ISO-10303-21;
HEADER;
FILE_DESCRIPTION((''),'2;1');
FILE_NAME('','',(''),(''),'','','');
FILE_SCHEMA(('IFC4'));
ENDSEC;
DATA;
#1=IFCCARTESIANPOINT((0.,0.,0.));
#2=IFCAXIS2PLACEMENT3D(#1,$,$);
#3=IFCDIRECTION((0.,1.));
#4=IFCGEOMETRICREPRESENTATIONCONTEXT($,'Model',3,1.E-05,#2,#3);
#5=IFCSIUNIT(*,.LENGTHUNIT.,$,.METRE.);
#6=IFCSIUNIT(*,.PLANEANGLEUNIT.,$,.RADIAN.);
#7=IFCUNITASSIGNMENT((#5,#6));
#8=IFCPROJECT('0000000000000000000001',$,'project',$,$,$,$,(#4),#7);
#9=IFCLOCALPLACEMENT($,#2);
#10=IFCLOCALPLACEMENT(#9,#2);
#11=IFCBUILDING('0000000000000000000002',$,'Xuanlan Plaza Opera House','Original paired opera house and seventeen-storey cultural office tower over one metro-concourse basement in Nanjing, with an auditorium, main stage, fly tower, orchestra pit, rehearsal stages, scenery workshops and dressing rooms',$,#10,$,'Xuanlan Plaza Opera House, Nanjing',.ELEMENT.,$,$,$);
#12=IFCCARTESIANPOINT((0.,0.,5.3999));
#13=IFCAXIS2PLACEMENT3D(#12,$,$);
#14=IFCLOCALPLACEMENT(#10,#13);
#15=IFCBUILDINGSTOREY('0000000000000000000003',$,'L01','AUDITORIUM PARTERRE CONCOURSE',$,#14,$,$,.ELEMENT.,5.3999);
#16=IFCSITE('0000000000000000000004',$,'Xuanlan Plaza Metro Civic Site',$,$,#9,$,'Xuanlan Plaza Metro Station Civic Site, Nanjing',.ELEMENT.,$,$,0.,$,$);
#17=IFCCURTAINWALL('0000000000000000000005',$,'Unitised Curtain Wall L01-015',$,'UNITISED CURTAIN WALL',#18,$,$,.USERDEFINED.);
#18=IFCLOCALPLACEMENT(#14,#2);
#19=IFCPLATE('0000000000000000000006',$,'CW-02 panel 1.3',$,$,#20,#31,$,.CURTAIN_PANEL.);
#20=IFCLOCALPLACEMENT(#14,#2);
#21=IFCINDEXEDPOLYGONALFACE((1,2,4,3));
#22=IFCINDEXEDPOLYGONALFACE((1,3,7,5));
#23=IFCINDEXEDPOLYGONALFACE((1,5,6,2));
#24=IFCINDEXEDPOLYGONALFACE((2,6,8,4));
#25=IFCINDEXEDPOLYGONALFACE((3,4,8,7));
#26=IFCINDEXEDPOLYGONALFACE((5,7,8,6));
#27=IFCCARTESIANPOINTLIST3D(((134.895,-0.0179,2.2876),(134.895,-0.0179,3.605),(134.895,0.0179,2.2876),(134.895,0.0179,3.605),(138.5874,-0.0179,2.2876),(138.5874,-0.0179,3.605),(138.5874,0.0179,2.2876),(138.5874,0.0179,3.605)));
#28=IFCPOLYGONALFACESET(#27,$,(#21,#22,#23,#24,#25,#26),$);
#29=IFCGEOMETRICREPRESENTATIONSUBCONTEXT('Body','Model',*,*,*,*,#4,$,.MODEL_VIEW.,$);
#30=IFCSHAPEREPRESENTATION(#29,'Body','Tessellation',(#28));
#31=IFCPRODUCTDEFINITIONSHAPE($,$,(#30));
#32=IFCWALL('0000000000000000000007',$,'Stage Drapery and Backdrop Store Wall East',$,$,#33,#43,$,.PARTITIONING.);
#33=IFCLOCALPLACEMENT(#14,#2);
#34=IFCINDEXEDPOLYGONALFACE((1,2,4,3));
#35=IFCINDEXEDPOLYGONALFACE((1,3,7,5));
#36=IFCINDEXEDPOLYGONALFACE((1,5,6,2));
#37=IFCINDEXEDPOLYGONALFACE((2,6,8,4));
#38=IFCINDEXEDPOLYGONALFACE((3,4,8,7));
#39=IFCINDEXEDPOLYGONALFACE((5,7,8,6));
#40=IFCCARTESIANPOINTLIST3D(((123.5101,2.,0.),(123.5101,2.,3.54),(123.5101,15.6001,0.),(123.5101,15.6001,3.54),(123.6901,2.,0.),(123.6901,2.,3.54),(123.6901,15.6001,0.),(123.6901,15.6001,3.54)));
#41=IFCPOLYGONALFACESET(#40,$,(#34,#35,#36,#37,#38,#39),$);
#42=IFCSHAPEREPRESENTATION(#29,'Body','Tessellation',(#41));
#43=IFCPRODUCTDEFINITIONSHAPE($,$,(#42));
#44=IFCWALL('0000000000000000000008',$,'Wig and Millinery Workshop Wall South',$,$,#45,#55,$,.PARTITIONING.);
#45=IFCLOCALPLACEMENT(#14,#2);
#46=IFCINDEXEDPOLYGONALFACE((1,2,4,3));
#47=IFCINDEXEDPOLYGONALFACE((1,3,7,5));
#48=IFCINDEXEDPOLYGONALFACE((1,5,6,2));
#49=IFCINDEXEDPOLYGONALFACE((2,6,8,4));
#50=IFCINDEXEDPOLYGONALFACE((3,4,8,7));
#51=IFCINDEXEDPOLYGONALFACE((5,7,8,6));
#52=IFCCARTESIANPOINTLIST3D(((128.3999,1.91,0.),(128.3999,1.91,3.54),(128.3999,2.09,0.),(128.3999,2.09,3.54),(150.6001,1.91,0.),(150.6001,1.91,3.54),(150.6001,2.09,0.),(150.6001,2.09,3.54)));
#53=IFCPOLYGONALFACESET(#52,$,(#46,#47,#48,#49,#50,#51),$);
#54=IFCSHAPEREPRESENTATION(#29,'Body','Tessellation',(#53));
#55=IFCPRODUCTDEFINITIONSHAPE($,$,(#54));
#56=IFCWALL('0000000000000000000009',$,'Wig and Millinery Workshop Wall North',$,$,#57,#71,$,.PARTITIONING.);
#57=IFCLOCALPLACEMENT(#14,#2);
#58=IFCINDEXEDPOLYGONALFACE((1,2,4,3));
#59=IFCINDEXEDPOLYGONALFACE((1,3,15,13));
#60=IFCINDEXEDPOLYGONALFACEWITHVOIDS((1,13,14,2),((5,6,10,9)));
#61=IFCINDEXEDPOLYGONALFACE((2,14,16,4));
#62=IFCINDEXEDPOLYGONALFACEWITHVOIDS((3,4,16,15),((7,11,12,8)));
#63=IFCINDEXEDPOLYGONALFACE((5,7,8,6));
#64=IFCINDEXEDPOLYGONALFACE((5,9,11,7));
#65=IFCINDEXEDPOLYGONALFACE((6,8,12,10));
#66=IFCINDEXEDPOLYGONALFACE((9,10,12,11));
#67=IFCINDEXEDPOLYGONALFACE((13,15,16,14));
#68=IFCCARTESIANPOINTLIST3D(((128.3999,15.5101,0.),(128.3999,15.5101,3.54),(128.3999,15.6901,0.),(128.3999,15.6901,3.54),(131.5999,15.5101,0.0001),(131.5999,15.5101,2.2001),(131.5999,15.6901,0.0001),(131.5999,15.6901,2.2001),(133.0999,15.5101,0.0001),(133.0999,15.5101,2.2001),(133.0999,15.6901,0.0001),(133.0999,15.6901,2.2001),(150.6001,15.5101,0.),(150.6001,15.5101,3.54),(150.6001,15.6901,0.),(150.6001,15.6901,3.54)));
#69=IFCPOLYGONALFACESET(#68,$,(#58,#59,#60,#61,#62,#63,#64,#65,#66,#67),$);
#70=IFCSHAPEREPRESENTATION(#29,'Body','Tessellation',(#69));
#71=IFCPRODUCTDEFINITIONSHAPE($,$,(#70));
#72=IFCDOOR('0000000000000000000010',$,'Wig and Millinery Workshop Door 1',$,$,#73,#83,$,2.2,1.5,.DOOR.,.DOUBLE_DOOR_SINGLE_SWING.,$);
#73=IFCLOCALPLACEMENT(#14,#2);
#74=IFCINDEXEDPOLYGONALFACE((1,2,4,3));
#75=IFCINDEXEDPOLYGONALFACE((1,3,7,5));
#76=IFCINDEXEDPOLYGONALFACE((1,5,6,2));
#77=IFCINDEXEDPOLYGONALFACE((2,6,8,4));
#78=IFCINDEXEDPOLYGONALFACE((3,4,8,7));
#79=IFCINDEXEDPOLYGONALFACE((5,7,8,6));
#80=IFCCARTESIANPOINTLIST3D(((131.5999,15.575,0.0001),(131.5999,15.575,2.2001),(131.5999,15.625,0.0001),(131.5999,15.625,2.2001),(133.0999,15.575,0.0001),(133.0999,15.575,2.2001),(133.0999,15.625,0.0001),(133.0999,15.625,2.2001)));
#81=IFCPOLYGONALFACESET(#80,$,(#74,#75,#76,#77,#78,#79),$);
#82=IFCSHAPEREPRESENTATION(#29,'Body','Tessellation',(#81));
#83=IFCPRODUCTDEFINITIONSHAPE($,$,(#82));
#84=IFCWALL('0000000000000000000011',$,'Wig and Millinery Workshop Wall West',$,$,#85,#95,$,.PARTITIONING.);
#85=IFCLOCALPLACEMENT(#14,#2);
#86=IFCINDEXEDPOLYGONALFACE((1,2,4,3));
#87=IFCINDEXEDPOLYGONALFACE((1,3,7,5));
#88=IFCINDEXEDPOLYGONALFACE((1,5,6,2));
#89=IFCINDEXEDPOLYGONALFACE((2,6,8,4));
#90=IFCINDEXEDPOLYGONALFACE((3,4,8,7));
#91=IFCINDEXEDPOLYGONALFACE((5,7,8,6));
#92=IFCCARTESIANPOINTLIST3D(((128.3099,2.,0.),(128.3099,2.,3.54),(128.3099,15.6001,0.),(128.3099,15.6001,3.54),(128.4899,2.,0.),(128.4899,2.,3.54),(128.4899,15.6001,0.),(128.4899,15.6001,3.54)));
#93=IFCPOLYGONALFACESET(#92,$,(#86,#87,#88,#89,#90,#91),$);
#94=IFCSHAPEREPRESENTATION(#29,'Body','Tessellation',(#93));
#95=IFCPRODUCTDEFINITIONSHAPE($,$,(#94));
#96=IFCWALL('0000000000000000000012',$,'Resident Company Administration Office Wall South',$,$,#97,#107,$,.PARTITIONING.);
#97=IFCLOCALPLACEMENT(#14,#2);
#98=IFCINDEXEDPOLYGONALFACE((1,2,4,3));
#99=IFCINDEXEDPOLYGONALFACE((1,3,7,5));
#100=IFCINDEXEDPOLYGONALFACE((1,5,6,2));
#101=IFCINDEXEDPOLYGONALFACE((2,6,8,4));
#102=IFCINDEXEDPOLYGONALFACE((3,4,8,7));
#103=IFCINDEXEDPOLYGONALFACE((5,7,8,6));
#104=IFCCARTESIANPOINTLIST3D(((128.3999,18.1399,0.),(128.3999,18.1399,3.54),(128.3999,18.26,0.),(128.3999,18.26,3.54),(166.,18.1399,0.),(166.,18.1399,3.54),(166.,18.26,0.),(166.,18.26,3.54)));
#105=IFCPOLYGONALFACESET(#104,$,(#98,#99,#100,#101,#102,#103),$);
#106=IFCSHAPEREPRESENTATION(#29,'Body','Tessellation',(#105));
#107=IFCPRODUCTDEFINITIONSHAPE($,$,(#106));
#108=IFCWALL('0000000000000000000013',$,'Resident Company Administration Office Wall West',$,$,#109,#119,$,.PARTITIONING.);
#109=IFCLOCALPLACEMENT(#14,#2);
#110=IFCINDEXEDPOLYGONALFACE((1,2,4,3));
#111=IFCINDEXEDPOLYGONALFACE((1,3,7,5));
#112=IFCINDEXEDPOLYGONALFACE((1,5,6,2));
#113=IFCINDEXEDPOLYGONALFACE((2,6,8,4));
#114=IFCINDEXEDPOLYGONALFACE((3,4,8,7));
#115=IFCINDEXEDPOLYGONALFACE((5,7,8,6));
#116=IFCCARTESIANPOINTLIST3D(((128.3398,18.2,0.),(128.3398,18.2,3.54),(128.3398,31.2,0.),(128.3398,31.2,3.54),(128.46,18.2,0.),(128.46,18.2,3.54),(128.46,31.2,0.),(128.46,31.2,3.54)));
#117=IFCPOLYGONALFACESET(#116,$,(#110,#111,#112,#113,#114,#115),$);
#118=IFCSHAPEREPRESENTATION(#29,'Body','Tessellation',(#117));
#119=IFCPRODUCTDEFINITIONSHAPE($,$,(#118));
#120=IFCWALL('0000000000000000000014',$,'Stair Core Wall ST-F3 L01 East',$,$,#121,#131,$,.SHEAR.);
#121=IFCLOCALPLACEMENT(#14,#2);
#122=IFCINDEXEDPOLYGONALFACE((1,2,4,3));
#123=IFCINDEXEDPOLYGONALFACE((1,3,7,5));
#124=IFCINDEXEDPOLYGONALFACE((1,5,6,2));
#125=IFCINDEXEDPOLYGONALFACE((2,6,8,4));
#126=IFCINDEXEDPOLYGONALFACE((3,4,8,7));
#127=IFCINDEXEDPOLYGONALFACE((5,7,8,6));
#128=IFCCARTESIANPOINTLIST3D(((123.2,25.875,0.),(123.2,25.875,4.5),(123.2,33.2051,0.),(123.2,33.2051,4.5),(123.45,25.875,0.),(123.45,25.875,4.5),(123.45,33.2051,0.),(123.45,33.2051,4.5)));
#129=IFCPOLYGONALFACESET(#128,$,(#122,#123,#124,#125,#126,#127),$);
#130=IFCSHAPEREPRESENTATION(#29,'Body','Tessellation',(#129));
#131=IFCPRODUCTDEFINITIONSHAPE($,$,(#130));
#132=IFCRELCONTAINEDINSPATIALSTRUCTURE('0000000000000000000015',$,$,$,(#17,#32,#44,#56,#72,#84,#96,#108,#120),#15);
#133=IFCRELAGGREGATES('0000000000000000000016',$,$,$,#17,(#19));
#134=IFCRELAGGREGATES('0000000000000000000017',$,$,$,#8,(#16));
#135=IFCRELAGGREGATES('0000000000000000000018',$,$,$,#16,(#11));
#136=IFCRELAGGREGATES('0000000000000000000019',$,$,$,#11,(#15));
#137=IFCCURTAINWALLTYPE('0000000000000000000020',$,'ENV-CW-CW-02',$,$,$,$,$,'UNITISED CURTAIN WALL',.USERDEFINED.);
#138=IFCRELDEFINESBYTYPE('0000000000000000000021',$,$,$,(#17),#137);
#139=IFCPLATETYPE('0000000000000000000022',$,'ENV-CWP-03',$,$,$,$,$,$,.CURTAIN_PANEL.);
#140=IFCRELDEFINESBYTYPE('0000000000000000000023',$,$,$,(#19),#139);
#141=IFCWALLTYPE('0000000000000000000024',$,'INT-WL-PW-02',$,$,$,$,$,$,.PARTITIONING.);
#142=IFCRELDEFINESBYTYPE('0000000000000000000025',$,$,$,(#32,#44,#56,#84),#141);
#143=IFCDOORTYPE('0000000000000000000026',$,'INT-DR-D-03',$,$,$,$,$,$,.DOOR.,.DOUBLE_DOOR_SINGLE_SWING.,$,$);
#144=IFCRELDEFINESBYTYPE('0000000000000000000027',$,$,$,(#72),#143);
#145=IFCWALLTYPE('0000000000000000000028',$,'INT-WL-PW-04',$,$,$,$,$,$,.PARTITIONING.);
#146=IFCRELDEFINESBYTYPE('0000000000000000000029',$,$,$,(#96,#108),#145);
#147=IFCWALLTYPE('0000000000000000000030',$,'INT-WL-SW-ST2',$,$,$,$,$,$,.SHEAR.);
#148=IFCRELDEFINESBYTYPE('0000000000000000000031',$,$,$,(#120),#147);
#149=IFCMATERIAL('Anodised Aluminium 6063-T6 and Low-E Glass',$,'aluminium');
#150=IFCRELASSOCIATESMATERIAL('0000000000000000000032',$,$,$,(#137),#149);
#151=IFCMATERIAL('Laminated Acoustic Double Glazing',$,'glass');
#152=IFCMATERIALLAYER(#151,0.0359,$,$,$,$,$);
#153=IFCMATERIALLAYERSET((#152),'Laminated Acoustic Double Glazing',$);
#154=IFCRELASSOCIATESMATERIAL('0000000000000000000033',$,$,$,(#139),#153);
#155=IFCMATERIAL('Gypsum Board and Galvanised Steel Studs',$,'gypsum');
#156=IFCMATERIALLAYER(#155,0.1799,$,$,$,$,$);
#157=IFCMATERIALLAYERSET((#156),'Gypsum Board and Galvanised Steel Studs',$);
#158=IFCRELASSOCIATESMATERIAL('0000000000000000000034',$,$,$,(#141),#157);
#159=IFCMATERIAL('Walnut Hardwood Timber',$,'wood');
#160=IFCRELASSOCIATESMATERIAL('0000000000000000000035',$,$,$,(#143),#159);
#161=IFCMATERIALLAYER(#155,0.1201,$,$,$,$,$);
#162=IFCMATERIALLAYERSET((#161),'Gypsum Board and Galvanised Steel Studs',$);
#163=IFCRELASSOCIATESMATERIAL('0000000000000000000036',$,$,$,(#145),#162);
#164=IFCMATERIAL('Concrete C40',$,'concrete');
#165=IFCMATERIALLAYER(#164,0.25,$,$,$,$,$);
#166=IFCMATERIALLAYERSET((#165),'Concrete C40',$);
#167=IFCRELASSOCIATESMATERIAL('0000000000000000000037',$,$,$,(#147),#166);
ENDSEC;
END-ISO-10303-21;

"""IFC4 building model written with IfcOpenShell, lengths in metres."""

from ifc_helpers import new_model, si_unit, direction, frame, frame_2d, origin, origin_2d, place, context, subcontext, project, spatial, rectangle, extrude, material, layer, layer_set, type_object, element, fill, aggregate, save


model = new_model("IFC4")

# Units and contexts
model_context = context("Model", 3, precision=1e-05, world=origin(), true_north=direction((0.0, 1.0)))
body_context = subcontext(model_context, "Body", "Model", "MODEL_VIEW")
ifc_project = project(units=[si_unit("LENGTHUNIT", "METRE"), si_unit("PLANEANGLEUNIT", "RADIAN")], contexts=[model_context])

# Site, building, storey
site_placement = place(None, origin())
site = spatial("IfcSite", under=ifc_project, at=site_placement, Name="Xuanlan Plaza Metro Civic Site", LongName="Xuanlan Plaza Metro Station Civic Site, Nanjing", CompositionType="ELEMENT", RefElevation=0.0)
building_placement = place(site_placement, origin())
building = spatial("IfcBuilding", under=site, at=building_placement, Name="Xuanlan Plaza Opera House", Description="Original paired opera house and seventeen-storey cultural office tower over one metro-concourse basement in Nanjing, with an auditorium, main stage, fly tower, orchestra pit, rehearsal stages, scenery workshops and dressing rooms", LongName="Xuanlan Plaza Opera House, Nanjing", CompositionType="ELEMENT")
storey_placement = place(building_placement, frame((0.0, 0.0, 5.3999)))
storey = spatial("IfcBuildingStorey", under=building, at=storey_placement, Name="L01", Description="AUDITORIUM PARTERRE CONCOURSE", CompositionType="ELEMENT", Elevation=5.3999)

# Shared definitions
ifc_material_1 = material(Name="Concrete C40", Category="concrete")

# Curtain wall
ifc_material_2 = material(Name="Anodised Aluminium 6063-T6 and Low-E Glass", Category="aluminium")
curtain_wall_type = type_object("IfcCurtainWallType", Name="ENV-CW-CW-02", ElementType="UNITISED CURTAIN WALL", PredefinedType="USERDEFINED", material=ifc_material_2)
curtain_wall_placement = place(storey_placement, origin())
curtain_wall = element("IfcCurtainWall", 1, at=curtain_wall_placement, inside=storey, type_object=curtain_wall_type, Name="Unitised Curtain Wall L01-015", ObjectType="UNITISED CURTAIN WALL", PredefinedType="USERDEFINED")

# Plate
ifc_material_3 = material(Name="Laminated Acoustic Double Glazing", Category="glass")
ifc_layer_1 = layer(ifc_material_3, 0.0359)
ifc_layer_set_1 = layer_set([ifc_layer_1], Name="Laminated Acoustic Double Glazing")
plate_type = type_object("IfcPlateType", Name="ENV-CWP-03", PredefinedType="CURTAIN_PANEL", material=ifc_layer_set_1)
plate_1_placement = place(storey_placement, frame((136.7412, 0.0, 2.2876), z_axis=(0.0, 0.0, 1.0), x_axis=(1.0, 0.0, 0.0)))
plate_1 = element("IfcPlate", 2, at=plate_1_placement, type_object=plate_type, Name="CW-02 panel 1.3", PredefinedType="CURTAIN_PANEL", context=body_context, shape_type="SweptSolid", body=[
    extrude(rectangle(XDim=3.6924, YDim=0.0359, at=origin_2d()), origin(), (0.0, 0.0, 1.0), 1.3174),
])
aggregate(curtain_wall, [plate_1])

# Walls
ifc_material_4 = material(Name="Gypsum Board and Galvanised Steel Studs", Category="gypsum")
ifc_layer_2 = layer(ifc_material_4, 0.1799)
ifc_layer_set_2 = layer_set([ifc_layer_2], Name="Gypsum Board and Galvanised Steel Studs")
wall_type_1 = type_object("IfcWallType", Name="INT-WL-PW-02", PredefinedType="PARTITIONING", material=ifc_layer_set_2)
wall_1_placement = place(storey_placement, frame((123.6001, 2.0, 0.0), z_axis=(0.0, 0.0, 1.0), x_axis=(0.0, 1.0, 0.0)))
element("IfcWall", 3, at=wall_1_placement, inside=storey, type_object=wall_type_1, Name="Stage Drapery and Backdrop Store Wall East", PredefinedType="PARTITIONING", context=body_context, shape_type="SweptSolid", body=[
    extrude(rectangle(XDim=13.6001, YDim=0.1799, at=frame_2d((6.8, 0.0))), origin(), (0.0, 0.0, 1.0), 3.54),
])
wall_2_placement = place(storey_placement, frame((128.3999, 2.0, 0.0), z_axis=(0.0, 0.0, 1.0), x_axis=(1.0, 0.0, 0.0)))
element("IfcWall", 4, at=wall_2_placement, inside=storey, type_object=wall_type_1, Name="Wig and Millinery Workshop Wall South", PredefinedType="PARTITIONING", context=body_context, shape_type="SweptSolid", body=[
    extrude(rectangle(XDim=22.2002, YDim=0.1799, at=frame_2d((11.1001, 0.0))), origin(), (0.0, 0.0, 1.0), 3.54),
])

# Wall, opening, door
wall_3_placement = place(storey_placement, frame((128.3999, 15.6001, 0.0), z_axis=(0.0, 0.0, 1.0), x_axis=(1.0, 0.0, 0.0)))
wall_3 = element("IfcWall", 5, at=wall_3_placement, inside=storey, type_object=wall_type_1, Name="Wig and Millinery Workshop Wall North", PredefinedType="PARTITIONING", context=body_context, shape_type="SweptSolid", body=[
    extrude(rectangle(XDim=22.2002, YDim=0.1799, at=frame_2d((11.1001, 0.0))), origin(), (0.0, 0.0, 1.0), 3.54),
])
opening_placement = place(wall_3_placement, frame((3.2, 0.0, 0.0)))
opening = element("IfcOpeningElement", 6, at=opening_placement, cuts=wall_3, PredefinedType="OPENING", context=body_context, shape_type="SweptSolid", body=[
    extrude(rectangle(XDim=1.5, YDim=2.2, at=frame_2d((0.75, 1.1001))), frame((0.0, 0.0999, 0.0), z_axis=(0.0, -1.0, 0.0), x_axis=(1.0, 0.0, 0.0)), (0.0, 0.0, 1.0), 0.2),
])
ifc_material_5 = material(Name="Walnut Hardwood Timber", Category="wood")
door_type = type_object("IfcDoorType", Name="INT-DR-D-03", OperationType="DOUBLE_DOOR_SINGLE_SWING", PredefinedType="DOOR", material=ifc_material_5)
door_placement = place(opening_placement, origin())
door = element("IfcDoor", 7, at=door_placement, inside=storey, type_object=door_type, Name="Wig and Millinery Workshop Door 1", OperationType="DOUBLE_DOOR_SINGLE_SWING", OverallHeight=2.2, OverallWidth=1.5, PredefinedType="DOOR", context=body_context, shape_type="SweptSolid", body=[
    extrude(rectangle(XDim=1.5, YDim=2.2, at=frame_2d((0.75, 1.1001))), frame((0.0, 0.0249, 0.0), z_axis=(0.0, -1.0, 0.0), x_axis=(1.0, 0.0, 0.0)), (0.0, 0.0, 1.0), 0.05),
])
fill(opening, door)

# Walls
wall_4_placement = place(storey_placement, frame((128.3999, 2.0, 0.0), z_axis=(0.0, 0.0, 1.0), x_axis=(0.0, 1.0, 0.0)))
element("IfcWall", 8, at=wall_4_placement, inside=storey, type_object=wall_type_1, Name="Wig and Millinery Workshop Wall West", PredefinedType="PARTITIONING", context=body_context, shape_type="SweptSolid", body=[
    extrude(rectangle(XDim=13.6001, YDim=0.1799, at=frame_2d((6.8, 0.0))), origin(), (0.0, 0.0, 1.0), 3.54),
])
ifc_layer_3 = layer(ifc_material_4, 0.1201)
ifc_layer_set_3 = layer_set([ifc_layer_3], Name="Gypsum Board and Galvanised Steel Studs")
wall_type_2 = type_object("IfcWallType", Name="INT-WL-PW-04", PredefinedType="PARTITIONING", material=ifc_layer_set_3)
wall_5_placement = place(storey_placement, frame((128.3999, 18.2, 0.0), z_axis=(0.0, 0.0, 1.0), x_axis=(1.0, 0.0, 0.0)))
element("IfcWall", 9, at=wall_5_placement, inside=storey, type_object=wall_type_2, Name="Resident Company Administration Office Wall South", PredefinedType="PARTITIONING", context=body_context, shape_type="SweptSolid", body=[
    extrude(rectangle(XDim=37.6001, YDim=0.1201, at=frame_2d((18.8, 0.0))), origin(), (0.0, 0.0, 1.0), 3.54),
])
wall_6_placement = place(storey_placement, frame((128.3999, 18.2, 0.0), z_axis=(0.0, 0.0, 1.0), x_axis=(0.0, 1.0, 0.0)))
element("IfcWall", 10, at=wall_6_placement, inside=storey, type_object=wall_type_2, Name="Resident Company Administration Office Wall West", PredefinedType="PARTITIONING", context=body_context, shape_type="SweptSolid", body=[
    extrude(rectangle(XDim=13.0, YDim=0.1201, at=frame_2d((6.5, 0.0))), origin(), (0.0, 0.0, 1.0), 3.54),
])
ifc_layer_4 = layer(ifc_material_1, 0.25)
ifc_layer_set_4 = layer_set([ifc_layer_4], Name="Concrete C40")
wall_type_3 = type_object("IfcWallType", Name="INT-WL-SW-ST2", PredefinedType="SHEAR", material=ifc_layer_set_4)
wall_7_placement = place(storey_placement, frame((123.325, 25.875, 0.0), z_axis=(0.0, 0.0, 1.0), x_axis=(0.0, 1.0, 0.0)))
element("IfcWall", 11, at=wall_7_placement, inside=storey, type_object=wall_type_3, Name="Stair Core Wall ST-F3 L01 East", PredefinedType="SHEAR", context=body_context, shape_type="SweptSolid", body=[
    extrude(rectangle(XDim=7.3301, YDim=0.25, at=frame_2d((3.665, 0.0))), origin(), (0.0, 0.0, 1.0), 4.5),
])

save(model, "model.ifc")
